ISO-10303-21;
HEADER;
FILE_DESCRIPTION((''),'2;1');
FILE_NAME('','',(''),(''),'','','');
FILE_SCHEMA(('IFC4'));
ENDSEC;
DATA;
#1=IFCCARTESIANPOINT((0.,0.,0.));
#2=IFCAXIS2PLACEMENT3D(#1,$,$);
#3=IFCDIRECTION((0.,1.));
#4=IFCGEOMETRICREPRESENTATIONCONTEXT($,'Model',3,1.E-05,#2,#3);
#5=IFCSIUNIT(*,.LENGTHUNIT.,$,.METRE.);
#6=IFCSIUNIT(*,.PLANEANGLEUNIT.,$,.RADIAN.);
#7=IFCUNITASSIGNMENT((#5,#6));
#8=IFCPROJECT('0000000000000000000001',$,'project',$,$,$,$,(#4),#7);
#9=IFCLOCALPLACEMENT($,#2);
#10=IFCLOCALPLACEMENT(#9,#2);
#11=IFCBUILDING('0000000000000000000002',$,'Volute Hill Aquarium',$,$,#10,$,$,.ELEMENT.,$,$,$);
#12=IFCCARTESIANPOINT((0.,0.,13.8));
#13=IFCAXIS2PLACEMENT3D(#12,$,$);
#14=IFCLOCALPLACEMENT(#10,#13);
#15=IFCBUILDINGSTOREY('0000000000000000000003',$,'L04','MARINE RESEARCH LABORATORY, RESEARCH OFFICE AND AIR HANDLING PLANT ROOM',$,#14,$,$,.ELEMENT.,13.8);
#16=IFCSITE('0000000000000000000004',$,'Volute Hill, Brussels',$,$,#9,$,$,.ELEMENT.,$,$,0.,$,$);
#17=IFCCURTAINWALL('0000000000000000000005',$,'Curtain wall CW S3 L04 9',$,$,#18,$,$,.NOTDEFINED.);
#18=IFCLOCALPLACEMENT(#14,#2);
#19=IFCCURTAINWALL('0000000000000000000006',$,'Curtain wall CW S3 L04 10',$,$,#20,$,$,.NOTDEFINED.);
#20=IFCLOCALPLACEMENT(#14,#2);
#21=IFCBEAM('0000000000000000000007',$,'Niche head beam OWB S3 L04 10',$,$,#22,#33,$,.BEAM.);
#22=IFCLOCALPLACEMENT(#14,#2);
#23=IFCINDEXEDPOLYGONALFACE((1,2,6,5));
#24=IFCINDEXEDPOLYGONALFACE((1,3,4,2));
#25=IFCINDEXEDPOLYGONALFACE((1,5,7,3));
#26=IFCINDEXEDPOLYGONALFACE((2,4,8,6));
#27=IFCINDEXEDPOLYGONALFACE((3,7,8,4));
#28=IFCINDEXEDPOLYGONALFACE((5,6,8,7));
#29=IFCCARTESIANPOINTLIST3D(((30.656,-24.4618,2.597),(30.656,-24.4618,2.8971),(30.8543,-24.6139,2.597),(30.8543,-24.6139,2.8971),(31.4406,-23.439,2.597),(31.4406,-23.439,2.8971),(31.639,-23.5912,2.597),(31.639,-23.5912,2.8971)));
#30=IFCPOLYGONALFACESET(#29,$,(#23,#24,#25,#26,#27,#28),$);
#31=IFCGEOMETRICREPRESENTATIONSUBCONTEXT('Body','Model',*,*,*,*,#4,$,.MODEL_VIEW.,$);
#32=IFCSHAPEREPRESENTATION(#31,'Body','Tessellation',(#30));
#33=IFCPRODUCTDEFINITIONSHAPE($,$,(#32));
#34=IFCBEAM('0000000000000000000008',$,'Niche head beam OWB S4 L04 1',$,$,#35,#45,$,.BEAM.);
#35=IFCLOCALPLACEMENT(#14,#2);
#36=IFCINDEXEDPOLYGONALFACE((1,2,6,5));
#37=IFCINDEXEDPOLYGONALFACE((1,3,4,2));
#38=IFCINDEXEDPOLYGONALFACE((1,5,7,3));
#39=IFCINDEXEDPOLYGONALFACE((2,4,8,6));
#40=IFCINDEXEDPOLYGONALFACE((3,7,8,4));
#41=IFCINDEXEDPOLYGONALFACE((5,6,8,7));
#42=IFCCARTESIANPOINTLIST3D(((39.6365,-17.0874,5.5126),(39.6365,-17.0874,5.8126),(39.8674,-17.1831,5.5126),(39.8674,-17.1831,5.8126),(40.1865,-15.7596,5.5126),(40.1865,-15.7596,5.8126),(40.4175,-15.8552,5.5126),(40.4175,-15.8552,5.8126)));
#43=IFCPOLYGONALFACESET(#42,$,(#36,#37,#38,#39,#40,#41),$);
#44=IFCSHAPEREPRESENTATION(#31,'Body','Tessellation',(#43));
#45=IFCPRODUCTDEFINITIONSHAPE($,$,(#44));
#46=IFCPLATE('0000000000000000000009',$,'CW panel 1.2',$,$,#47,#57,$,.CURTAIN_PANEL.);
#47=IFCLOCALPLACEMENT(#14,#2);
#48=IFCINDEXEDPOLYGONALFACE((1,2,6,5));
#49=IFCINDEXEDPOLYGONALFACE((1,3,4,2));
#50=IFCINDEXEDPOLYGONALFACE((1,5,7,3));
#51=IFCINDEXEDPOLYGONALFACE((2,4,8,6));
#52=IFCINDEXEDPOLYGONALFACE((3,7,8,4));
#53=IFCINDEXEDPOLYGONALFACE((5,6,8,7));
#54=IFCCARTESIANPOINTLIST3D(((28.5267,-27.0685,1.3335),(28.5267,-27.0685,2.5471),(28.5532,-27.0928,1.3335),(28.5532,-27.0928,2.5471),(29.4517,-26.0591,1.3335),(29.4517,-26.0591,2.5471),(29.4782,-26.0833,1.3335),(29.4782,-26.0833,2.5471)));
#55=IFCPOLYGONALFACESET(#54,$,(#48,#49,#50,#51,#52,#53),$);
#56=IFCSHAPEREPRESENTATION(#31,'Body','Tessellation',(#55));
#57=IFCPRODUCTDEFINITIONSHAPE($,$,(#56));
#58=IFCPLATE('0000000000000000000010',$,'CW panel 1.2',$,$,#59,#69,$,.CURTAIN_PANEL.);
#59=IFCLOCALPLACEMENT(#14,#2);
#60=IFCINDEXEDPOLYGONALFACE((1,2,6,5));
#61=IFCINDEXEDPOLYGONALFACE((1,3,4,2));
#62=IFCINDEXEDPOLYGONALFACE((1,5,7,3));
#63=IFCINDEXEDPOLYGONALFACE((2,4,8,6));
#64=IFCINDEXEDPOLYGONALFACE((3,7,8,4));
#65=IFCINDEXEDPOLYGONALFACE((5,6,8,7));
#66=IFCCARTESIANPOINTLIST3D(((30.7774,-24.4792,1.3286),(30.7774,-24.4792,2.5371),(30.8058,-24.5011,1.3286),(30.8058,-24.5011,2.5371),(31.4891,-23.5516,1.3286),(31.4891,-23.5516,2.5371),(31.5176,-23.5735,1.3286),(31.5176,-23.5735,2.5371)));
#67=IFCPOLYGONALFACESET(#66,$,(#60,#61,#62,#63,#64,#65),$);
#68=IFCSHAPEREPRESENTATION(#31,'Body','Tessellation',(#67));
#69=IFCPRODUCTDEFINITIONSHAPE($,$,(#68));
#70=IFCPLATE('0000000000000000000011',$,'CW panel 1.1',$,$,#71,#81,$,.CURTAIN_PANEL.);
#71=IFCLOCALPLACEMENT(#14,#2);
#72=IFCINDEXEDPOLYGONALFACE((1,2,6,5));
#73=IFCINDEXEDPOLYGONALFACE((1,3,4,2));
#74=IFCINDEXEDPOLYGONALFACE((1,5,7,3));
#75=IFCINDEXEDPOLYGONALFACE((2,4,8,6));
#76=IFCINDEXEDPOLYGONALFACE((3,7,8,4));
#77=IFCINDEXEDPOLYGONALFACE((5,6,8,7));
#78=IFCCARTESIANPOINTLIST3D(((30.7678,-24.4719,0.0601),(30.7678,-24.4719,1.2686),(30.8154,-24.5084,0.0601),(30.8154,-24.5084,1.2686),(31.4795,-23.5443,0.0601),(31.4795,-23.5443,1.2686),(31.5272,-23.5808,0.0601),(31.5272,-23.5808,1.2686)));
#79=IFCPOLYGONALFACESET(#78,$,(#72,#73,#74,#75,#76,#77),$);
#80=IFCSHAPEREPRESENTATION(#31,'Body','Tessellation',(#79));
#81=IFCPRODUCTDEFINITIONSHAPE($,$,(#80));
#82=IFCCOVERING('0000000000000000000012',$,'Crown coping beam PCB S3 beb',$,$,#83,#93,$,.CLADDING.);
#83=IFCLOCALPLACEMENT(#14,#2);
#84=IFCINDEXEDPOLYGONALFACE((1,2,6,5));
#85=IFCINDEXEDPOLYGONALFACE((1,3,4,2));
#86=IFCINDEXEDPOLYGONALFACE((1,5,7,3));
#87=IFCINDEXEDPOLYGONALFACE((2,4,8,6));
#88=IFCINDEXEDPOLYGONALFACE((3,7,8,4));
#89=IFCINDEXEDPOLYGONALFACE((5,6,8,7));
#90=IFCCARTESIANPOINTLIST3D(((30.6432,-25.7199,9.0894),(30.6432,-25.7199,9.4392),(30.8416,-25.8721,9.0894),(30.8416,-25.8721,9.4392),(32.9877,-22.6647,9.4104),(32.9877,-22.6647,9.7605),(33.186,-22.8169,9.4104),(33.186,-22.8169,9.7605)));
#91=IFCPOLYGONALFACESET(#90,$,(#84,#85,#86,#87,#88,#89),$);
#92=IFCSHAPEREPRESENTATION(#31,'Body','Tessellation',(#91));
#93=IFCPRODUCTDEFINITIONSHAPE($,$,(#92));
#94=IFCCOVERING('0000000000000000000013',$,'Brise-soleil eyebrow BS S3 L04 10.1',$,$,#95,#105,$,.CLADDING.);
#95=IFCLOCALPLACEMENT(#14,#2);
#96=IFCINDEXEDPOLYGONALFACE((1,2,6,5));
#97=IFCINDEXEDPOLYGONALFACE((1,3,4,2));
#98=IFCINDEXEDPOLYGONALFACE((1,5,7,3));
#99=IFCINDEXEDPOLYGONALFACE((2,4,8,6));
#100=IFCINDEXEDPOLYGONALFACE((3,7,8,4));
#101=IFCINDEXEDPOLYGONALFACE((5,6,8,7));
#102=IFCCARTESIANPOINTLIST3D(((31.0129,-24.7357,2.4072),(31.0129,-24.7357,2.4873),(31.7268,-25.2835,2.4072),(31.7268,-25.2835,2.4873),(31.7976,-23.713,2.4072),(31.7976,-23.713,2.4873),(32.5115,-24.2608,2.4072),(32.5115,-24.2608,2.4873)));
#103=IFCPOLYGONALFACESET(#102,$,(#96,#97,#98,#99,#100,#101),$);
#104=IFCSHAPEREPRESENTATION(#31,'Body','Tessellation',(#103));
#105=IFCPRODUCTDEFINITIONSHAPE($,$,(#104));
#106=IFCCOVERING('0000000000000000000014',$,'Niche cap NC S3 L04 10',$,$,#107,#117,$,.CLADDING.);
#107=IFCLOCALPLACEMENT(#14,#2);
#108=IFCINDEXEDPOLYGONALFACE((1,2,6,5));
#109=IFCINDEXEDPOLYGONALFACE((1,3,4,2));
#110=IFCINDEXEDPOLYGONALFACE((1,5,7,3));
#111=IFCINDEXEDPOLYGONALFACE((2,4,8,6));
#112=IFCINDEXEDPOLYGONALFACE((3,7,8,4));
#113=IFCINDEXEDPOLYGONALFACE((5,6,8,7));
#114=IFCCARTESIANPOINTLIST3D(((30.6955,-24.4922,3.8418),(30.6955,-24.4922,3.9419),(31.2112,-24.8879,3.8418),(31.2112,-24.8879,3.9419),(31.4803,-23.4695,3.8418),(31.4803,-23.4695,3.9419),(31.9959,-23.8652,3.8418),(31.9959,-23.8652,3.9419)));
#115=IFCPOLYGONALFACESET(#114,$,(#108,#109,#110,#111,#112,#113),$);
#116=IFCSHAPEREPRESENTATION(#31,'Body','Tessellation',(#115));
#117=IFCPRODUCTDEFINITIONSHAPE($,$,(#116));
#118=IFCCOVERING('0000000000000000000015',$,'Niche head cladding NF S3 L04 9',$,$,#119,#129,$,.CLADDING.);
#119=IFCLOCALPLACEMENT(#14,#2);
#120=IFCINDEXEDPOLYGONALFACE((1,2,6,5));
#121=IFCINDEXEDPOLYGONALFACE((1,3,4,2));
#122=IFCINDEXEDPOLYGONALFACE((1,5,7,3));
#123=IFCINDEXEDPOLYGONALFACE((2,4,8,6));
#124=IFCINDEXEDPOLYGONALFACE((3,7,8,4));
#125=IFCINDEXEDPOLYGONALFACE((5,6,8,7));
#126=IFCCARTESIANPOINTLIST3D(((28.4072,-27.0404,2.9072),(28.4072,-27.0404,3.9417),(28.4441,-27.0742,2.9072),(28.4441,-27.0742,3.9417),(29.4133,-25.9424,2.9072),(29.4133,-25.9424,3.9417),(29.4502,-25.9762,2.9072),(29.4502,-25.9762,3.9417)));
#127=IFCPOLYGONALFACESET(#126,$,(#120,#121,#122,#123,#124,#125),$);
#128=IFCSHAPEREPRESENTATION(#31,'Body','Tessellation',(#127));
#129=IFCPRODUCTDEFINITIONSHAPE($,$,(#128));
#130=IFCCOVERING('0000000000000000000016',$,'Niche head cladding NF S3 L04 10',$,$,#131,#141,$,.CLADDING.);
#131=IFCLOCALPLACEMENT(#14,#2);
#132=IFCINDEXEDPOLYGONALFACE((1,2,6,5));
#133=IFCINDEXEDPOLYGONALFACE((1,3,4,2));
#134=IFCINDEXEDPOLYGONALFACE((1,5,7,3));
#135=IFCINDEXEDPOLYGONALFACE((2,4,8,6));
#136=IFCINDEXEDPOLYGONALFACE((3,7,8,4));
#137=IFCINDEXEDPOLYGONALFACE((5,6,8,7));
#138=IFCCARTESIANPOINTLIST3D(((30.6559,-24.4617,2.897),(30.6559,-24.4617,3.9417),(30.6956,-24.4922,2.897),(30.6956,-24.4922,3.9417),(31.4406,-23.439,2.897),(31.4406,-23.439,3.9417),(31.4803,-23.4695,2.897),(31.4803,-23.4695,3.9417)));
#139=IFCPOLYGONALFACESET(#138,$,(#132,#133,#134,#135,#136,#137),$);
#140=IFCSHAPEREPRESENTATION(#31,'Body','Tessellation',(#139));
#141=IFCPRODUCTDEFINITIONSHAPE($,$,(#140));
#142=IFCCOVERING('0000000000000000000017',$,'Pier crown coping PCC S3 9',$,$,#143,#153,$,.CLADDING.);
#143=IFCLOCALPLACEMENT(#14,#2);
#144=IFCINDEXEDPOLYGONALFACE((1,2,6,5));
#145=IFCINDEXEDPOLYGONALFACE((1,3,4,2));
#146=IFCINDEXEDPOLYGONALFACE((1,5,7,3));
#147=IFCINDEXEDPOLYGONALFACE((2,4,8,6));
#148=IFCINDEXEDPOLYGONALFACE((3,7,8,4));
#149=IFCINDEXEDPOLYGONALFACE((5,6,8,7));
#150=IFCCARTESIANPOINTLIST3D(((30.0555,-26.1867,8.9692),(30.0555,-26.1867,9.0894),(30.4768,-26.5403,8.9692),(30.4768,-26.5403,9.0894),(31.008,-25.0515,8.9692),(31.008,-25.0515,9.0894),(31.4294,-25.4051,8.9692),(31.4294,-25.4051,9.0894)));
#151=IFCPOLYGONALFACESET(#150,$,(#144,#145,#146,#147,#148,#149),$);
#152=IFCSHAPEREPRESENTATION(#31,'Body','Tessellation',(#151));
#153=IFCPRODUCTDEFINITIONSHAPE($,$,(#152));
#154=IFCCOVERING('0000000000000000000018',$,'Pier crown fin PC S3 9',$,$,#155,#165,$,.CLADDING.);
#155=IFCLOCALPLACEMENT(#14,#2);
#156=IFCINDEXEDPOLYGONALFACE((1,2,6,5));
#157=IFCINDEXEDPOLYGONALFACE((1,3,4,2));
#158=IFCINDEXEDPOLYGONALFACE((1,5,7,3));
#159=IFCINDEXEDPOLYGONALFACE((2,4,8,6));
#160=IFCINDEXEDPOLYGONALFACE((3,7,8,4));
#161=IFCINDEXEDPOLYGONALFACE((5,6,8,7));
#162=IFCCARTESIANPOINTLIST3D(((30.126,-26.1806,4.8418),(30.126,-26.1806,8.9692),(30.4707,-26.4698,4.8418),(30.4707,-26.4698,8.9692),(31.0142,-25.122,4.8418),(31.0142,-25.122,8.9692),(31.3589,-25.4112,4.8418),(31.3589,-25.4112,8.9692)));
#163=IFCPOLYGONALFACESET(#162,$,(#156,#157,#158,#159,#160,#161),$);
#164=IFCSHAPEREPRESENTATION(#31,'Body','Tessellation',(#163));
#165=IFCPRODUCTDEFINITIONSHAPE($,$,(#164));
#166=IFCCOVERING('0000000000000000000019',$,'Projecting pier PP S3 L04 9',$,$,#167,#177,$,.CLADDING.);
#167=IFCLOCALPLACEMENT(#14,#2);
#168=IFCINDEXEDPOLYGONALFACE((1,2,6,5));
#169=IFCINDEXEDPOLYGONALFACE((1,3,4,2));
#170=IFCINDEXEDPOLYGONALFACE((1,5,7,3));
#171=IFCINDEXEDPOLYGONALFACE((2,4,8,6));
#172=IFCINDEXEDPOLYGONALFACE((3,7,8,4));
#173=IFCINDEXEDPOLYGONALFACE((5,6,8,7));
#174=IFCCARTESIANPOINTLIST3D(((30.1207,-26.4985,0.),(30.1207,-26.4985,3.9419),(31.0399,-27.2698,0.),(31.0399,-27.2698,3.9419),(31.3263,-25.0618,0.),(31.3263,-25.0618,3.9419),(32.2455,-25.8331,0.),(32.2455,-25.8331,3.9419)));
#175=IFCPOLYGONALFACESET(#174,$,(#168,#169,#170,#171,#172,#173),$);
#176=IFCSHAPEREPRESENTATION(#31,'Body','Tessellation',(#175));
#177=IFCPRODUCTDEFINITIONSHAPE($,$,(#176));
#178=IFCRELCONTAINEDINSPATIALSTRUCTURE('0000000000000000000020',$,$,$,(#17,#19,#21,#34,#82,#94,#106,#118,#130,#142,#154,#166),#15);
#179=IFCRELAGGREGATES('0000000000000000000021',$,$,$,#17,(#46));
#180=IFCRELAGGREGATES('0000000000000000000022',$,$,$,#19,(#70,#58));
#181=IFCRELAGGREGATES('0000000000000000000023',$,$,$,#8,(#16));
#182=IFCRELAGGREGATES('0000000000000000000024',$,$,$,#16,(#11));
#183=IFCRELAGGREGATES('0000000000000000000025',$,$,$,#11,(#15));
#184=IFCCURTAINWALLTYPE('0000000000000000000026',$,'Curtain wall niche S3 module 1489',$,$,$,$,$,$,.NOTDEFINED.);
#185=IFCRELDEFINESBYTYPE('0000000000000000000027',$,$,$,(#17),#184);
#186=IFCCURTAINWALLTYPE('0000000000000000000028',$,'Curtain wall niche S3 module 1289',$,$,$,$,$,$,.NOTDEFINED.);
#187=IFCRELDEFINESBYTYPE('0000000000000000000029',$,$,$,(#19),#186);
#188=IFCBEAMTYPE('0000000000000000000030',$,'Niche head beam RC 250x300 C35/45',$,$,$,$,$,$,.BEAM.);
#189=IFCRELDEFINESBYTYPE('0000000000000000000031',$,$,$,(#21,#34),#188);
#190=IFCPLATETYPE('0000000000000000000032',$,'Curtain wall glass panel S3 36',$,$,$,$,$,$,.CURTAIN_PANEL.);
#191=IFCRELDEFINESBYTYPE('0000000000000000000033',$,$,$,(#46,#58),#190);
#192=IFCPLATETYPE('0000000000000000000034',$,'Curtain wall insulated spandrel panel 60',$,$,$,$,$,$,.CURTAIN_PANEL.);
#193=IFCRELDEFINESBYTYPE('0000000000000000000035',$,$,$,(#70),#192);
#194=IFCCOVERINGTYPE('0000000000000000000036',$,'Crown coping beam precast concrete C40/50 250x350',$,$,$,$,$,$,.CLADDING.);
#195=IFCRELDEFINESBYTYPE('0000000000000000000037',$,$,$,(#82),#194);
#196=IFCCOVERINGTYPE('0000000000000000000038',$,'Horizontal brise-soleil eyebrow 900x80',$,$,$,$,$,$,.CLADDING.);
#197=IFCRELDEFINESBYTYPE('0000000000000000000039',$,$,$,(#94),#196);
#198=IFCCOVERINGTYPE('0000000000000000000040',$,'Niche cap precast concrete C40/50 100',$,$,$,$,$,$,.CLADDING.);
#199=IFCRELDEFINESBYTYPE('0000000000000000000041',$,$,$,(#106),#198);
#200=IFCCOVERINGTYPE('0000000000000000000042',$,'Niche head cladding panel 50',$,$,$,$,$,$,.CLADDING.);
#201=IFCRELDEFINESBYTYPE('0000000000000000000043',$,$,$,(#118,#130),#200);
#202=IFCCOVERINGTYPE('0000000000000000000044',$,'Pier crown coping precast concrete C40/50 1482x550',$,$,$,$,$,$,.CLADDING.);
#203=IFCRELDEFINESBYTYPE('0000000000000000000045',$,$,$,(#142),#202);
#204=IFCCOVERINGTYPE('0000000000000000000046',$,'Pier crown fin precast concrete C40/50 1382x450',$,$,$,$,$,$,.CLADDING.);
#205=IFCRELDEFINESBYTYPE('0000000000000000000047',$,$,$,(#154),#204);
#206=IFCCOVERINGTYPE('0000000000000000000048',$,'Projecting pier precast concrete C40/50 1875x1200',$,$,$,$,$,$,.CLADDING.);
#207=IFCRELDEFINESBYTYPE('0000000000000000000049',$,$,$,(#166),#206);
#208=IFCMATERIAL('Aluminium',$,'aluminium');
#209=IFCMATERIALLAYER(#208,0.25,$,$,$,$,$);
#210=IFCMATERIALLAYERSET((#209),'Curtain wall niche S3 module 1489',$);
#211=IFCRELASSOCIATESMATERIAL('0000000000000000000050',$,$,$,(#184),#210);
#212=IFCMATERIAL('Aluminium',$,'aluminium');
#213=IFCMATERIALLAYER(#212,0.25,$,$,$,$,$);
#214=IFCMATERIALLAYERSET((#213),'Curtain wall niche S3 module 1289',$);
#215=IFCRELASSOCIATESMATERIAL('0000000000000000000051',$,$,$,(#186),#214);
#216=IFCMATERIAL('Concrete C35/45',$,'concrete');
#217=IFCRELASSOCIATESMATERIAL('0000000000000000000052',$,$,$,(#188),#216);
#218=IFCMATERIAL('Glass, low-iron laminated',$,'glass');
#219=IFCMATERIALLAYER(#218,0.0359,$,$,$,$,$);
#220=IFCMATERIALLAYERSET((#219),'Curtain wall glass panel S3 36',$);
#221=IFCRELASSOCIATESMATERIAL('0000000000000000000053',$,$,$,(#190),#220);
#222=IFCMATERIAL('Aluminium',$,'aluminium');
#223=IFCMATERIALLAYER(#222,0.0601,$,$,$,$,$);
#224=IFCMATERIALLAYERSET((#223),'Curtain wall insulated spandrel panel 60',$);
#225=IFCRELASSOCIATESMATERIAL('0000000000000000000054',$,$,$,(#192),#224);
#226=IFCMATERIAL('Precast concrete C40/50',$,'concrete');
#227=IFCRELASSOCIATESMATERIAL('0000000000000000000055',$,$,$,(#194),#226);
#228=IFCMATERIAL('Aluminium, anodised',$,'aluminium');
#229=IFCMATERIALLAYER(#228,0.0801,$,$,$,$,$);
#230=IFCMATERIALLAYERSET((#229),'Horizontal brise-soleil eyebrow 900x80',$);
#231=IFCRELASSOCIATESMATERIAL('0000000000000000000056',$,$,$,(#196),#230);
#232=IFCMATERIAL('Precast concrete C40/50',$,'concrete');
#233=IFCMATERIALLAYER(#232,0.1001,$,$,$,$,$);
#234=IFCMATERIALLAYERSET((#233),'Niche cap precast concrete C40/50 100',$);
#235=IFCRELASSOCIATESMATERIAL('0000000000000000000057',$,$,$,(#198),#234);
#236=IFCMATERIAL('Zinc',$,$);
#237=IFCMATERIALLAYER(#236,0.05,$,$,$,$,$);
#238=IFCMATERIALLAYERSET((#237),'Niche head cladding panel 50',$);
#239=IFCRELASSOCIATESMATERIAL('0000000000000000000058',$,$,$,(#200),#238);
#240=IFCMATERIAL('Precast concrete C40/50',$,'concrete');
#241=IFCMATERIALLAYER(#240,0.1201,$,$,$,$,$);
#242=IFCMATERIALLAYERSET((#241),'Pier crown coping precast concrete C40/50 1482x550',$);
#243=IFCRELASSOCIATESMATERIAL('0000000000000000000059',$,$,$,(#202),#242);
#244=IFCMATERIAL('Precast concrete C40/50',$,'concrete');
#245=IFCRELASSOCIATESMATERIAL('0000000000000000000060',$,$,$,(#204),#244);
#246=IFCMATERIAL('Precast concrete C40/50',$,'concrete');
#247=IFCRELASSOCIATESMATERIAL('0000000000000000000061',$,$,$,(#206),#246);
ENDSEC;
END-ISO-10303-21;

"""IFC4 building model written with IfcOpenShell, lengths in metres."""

from ifc_helpers import new_model, si_unit, direction, frame, origin, origin_2d, place, context, subcontext, project, spatial, polyline, rectangle, outline, extrude, material, layer, layer_set, material_profile, profile_set, type_object, element, aggregate, save


model = new_model("IFC4")

# Units and contexts
model_context = context("Model", 3, precision=1e-05, world=origin(), true_north=direction((0.0, 1.0)))
body_context = subcontext(model_context, "Body", "Model", "MODEL_VIEW")
ifc_project = project(units=[si_unit("LENGTHUNIT", "METRE"), si_unit("PLANEANGLEUNIT", "RADIAN")], contexts=[model_context])

# Site, building, storey
site_placement = place(None, origin())
site = spatial("IfcSite", under=ifc_project, at=site_placement, Name="Volute Hill, Brussels", CompositionType="ELEMENT", RefElevation=0.0)
building_placement = place(site_placement, origin())
building = spatial("IfcBuilding", under=site, at=building_placement, Name="Volute Hill Aquarium", CompositionType="ELEMENT")
storey_placement = place(building_placement, frame((0.0, 0.0, 13.8)))
storey = spatial("IfcBuildingStorey", under=building, at=storey_placement, Name="L04", Description="MARINE RESEARCH LABORATORY, RESEARCH OFFICE AND AIR HANDLING PLANT ROOM", CompositionType="ELEMENT", Elevation=13.8)

# Curtain wall
ifc_material_1 = material(Name="Aluminium", Category="aluminium")
ifc_layer_1 = layer(ifc_material_1, 0.25)
ifc_layer_set_1 = layer_set([ifc_layer_1], Name="Curtain wall niche S3 module 1489")
curtain_wall_type_1 = type_object("IfcCurtainWallType", Name="Curtain wall niche S3 module 1489", PredefinedType="NOTDEFINED", material=ifc_layer_set_1)
curtain_wall_1_placement = place(storey_placement, origin())
curtain_wall_1 = element("IfcCurtainWall", 1, at=curtain_wall_1_placement, inside=storey, type_object=curtain_wall_type_1, Name="Curtain wall CW S3 L04 9", PredefinedType="NOTDEFINED")

# Curtain wall
ifc_material_2 = material(Name="Aluminium", Category="aluminium")
ifc_layer_2 = layer(ifc_material_2, 0.25)
ifc_layer_set_2 = layer_set([ifc_layer_2], Name="Curtain wall niche S3 module 1289")
curtain_wall_type_2 = type_object("IfcCurtainWallType", Name="Curtain wall niche S3 module 1289", PredefinedType="NOTDEFINED", material=ifc_layer_set_2)
curtain_wall_2_placement = place(storey_placement, origin())
curtain_wall_2 = element("IfcCurtainWall", 2, at=curtain_wall_2_placement, inside=storey, type_object=curtain_wall_type_2, Name="Curtain wall CW S3 L04 10", PredefinedType="NOTDEFINED")

# Beams
ifc_material_3 = material(Name="Concrete C35/45", Category="concrete")
ifc_material_profile_1 = material_profile(ifc_material_3, rectangle(XDim=0.25, YDim=0.3, at=origin_2d()), Name="RC beam 250x300")
ifc_profile_set_1 = profile_set([ifc_material_profile_1], Name="Concrete C35/45")
beam_type = type_object("IfcBeamType", Name="Niche head beam RC 250x300 C35/45", PredefinedType="BEAM", material=ifc_profile_set_1)
beam_1_placement = place(storey_placement, frame((30.7551, -24.5378, 2.7471), z_axis=(0.608722, 0.793384, 0.0), x_axis=(-0.793384, 0.608722, 0.0)))
element("IfcBeam", 3, at=beam_1_placement, inside=storey, type_object=beam_type, Name="Niche head beam OWB S3 L04 10", PredefinedType="BEAM", context=body_context, shape_type="SweptSolid", body=[
    extrude(rectangle(XDim=0.25, YDim=0.3, at=origin_2d()), origin(), (0.0, 0.0, 1.0), 1.2891),
])
beam_2_placement = place(storey_placement, frame((39.752, -17.1353, 5.6626), z_axis=(0.382697, 0.923874, 0.0), x_axis=(-0.923874, 0.382697, 0.0)))
element("IfcBeam", 4, at=beam_2_placement, inside=storey, type_object=beam_type, Name="Niche head beam OWB S4 L04 1", PredefinedType="BEAM", context=body_context, shape_type="SweptSolid", body=[
    extrude(rectangle(XDim=0.25, YDim=0.3, at=origin_2d()), origin(), (0.0, 0.0, 1.0), 1.4373),
])

# Plates
ifc_material_4 = material(Name="Glass, low-iron laminated", Category="glass")
ifc_layer_3 = layer(ifc_material_4, 0.0359)
ifc_layer_set_3 = layer_set([ifc_layer_3], Name="Curtain wall glass panel S3 36")
plate_type_1 = type_object("IfcPlateType", Name="Curtain wall glass panel S3 36", PredefinedType="CURTAIN_PANEL", material=ifc_layer_set_3)
plate_1_placement = place(storey_placement, frame((29.0024, -26.5759, 1.3335), z_axis=(0.0, 0.0, 1.0), x_axis=(0.675609, 0.73726, 0.0)))
plate_1 = element("IfcPlate", 5, at=plate_1_placement, type_object=plate_type_1, Name="CW panel 1.2", PredefinedType="CURTAIN_PANEL", context=body_context, shape_type="SweptSolid", body=[
    extrude(rectangle(XDim=1.3691, YDim=0.0359, at=origin_2d()), origin(), (0.0, 0.0, 1.0), 1.2136),
])
aggregate(curtain_wall_1, [plate_1])
plate_2_placement = place(storey_placement, frame((31.1475, -24.0264, 1.3286), z_axis=(0.0, 0.0, 1.0), x_axis=(0.608745, 0.793366, 0.0)))
plate_2 = element("IfcPlate", 6, at=plate_2_placement, type_object=plate_type_1, Name="CW panel 1.2", PredefinedType="CURTAIN_PANEL", context=body_context, shape_type="SweptSolid", body=[
    extrude(rectangle(XDim=1.1692, YDim=0.0359, at=origin_2d()), origin(), (0.0, 0.0, 1.0), 1.2085),
])
ifc_material_5 = material(Name="Aluminium", Category="aluminium")
ifc_layer_4 = layer(ifc_material_5, 0.0601)
ifc_layer_set_4 = layer_set([ifc_layer_4], Name="Curtain wall insulated spandrel panel 60")
plate_type_2 = type_object("IfcPlateType", Name="Curtain wall insulated spandrel panel 60", PredefinedType="CURTAIN_PANEL", material=ifc_layer_set_4)
plate_3_placement = place(storey_placement, frame((31.1475, -24.0264, 0.0601), z_axis=(0.0, 0.0, 1.0), x_axis=(0.608745, 0.793366, 0.0)))
plate_3 = element("IfcPlate", 7, at=plate_3_placement, type_object=plate_type_2, Name="CW panel 1.1", PredefinedType="CURTAIN_PANEL", context=body_context, shape_type="SweptSolid", body=[
    extrude(rectangle(XDim=1.1692, YDim=0.0601, at=origin_2d()), origin(), (0.0, 0.0, 1.0), 1.2085),
])
aggregate(curtain_wall_2, [plate_3, plate_2])

# Coverings
ifc_material_6 = material(Name="Precast concrete C40/50", Category="concrete")
covering_type_1 = type_object("IfcCoveringType", Name="Crown coping beam precast concrete C40/50 250x350", PredefinedType="CLADDING", material=ifc_material_6)
covering_1_placement = place(storey_placement, frame((30.8416, -25.8721, 9.0894), z_axis=(0.793333, -0.608788, 0.0), x_axis=(0.606684, 0.79059, 0.083077)))
element("IfcCovering", 8, at=covering_1_placement, inside=storey, type_object=covering_type_1, Name="Crown coping beam PCB S3 beb", PredefinedType="CLADDING", context=body_context, shape_type="SweptSolid", body=[
    extrude(outline(polyline([(0.0, 0.0), (3.8644, 0.0), (3.8935, 0.3489), (0.0291, 0.3486), (0.0, 0.0)])), origin(), (0.0, 0.0, -1.0), 0.25),
])
ifc_material_7 = material(Name="Aluminium, anodised", Category="aluminium")
ifc_layer_5 = layer(ifc_material_7, 0.0801)
ifc_layer_set_5 = layer_set([ifc_layer_5], Name="Horizontal brise-soleil eyebrow 900x80")
covering_type_2 = type_object("IfcCoveringType", Name="Horizontal brise-soleil eyebrow 900x80", PredefinedType="CLADDING", material=ifc_layer_set_5)
covering_2_placement = place(storey_placement, frame((31.7622, -24.4983, 2.4072), z_axis=(0.0, 0.0, 1.0), x_axis=(0.608746, 0.793365, 0.0)))
element("IfcCovering", 9, at=covering_2_placement, inside=storey, type_object=covering_type_2, Name="Brise-soleil eyebrow BS S3 L04 10.1", PredefinedType="CLADDING", context=body_context, shape_type="SweptSolid", body=[
    extrude(rectangle(XDim=1.2891, YDim=0.8999, at=origin_2d()), origin(), (0.0, 0.0, 1.0), 0.0801),
])
ifc_material_8 = material(Name="Precast concrete C40/50", Category="concrete")
ifc_layer_6 = layer(ifc_material_8, 0.1001)
ifc_layer_set_6 = layer_set([ifc_layer_6], Name="Niche cap precast concrete C40/50 100")
covering_type_3 = type_object("IfcCoveringType", Name="Niche cap precast concrete C40/50 100", PredefinedType="CLADDING", material=ifc_layer_set_6)
covering_3_placement = place(storey_placement, frame((31.3457, -24.1787, 3.8418), z_axis=(0.0, 0.0, 1.0), x_axis=(0.608746, 0.793365, 0.0)))
element("IfcCovering", 10, at=covering_3_placement, inside=storey, type_object=covering_type_3, Name="Niche cap NC S3 L04 10", PredefinedType="CLADDING", context=body_context, shape_type="SweptSolid", body=[
    extrude(rectangle(XDim=1.2891, YDim=0.6499, at=origin_2d()), origin(), (0.0, 0.0, 1.0), 0.1001),
])
ifc_material_9 = material(Name="Zinc")
ifc_layer_7 = layer(ifc_material_9, 0.05)
ifc_layer_set_7 = layer_set([ifc_layer_7], Name="Niche head cladding panel 50")
covering_type_4 = type_object("IfcCoveringType", Name="Niche head cladding panel 50", PredefinedType="CLADDING", material=ifc_layer_set_7)
covering_4_placement = place(storey_placement, frame((28.9287, -26.5083, 2.9072), z_axis=(0.0, 0.0, 1.0), x_axis=(0.675612, 0.737257, 0.0)))
element("IfcCovering", 11, at=covering_4_placement, inside=storey, type_object=covering_type_4, Name="Niche head cladding NF S3 L04 9", PredefinedType="CLADDING", context=body_context, shape_type="SweptSolid", body=[
    extrude(rectangle(XDim=1.4893, YDim=0.05, at=origin_2d()), origin(), (0.0, 0.0, 1.0), 1.0344),
])
covering_5_placement = place(storey_placement, frame((31.0681, -23.9656, 2.897), z_axis=(0.0, 0.0, 1.0), x_axis=(0.608746, 0.793365, 0.0)))
element("IfcCovering", 12, at=covering_5_placement, inside=storey, type_object=covering_type_4, Name="Niche head cladding NF S3 L04 10", PredefinedType="CLADDING", context=body_context, shape_type="SweptSolid", body=[
    extrude(rectangle(XDim=1.2891, YDim=0.05, at=origin_2d()), origin(), (0.0, 0.0, 1.0), 1.0447),
])
ifc_material_10 = material(Name="Precast concrete C40/50", Category="concrete")
ifc_layer_8 = layer(ifc_material_10, 0.1201)
ifc_layer_set_8 = layer_set([ifc_layer_8], Name="Pier crown coping precast concrete C40/50 1482x550")
covering_type_5 = type_object("IfcCoveringType", Name="Pier crown coping precast concrete C40/50 1482x550", PredefinedType="CLADDING", material=ifc_layer_set_8)
covering_6_placement = place(storey_placement, frame((30.7424, -25.7959, 8.9692), z_axis=(0.0, 0.0, 1.0), x_axis=(0.642788, 0.766044, 0.0)))
element("IfcCovering", 13, at=covering_6_placement, inside=storey, type_object=covering_type_5, Name="Pier crown coping PCC S3 9", PredefinedType="CLADDING", context=body_context, shape_type="SweptSolid", body=[
    extrude(rectangle(XDim=1.4819, YDim=0.55, at=origin_2d()), origin(), (0.0, 0.0, 1.0), 0.1201),
])
ifc_material_11 = material(Name="Precast concrete C40/50", Category="concrete")
covering_type_6 = type_object("IfcCoveringType", Name="Pier crown fin precast concrete C40/50 1382x450", PredefinedType="CLADDING", material=ifc_material_11)
covering_7_placement = place(storey_placement, frame((30.7424, -25.7959, 4.8418), z_axis=(0.0, 0.0, 1.0), x_axis=(0.642788, 0.766044, 0.0)))
element("IfcCovering", 14, at=covering_7_placement, inside=storey, type_object=covering_type_6, Name="Pier crown fin PC S3 9", PredefinedType="CLADDING", context=body_context, shape_type="SweptSolid", body=[
    extrude(rectangle(XDim=1.3818, YDim=0.45, at=origin_2d()), origin(), (0.0, 0.0, 1.0), 4.1274),
])
ifc_material_12 = material(Name="Precast concrete C40/50", Category="concrete")
covering_type_7 = type_object("IfcCoveringType", Name="Projecting pier precast concrete C40/50 1875x1200", PredefinedType="CLADDING", material=ifc_material_12)
covering_8_placement = place(storey_placement, frame((31.1831, -26.1658, 0.0), z_axis=(0.0, 0.0, 1.0), x_axis=(0.642788, 0.766044, 0.0)))
element("IfcCovering", 15, at=covering_8_placement, inside=storey, type_object=covering_type_7, Name="Projecting pier PP S3 L04 9", PredefinedType="CLADDING", context=body_context, shape_type="SweptSolid", body=[
    extrude(rectangle(XDim=1.8755, YDim=1.2, at=origin_2d()), origin(), (0.0, 0.0, 1.0), 3.9419),
])

save(model, "model.ifc")
